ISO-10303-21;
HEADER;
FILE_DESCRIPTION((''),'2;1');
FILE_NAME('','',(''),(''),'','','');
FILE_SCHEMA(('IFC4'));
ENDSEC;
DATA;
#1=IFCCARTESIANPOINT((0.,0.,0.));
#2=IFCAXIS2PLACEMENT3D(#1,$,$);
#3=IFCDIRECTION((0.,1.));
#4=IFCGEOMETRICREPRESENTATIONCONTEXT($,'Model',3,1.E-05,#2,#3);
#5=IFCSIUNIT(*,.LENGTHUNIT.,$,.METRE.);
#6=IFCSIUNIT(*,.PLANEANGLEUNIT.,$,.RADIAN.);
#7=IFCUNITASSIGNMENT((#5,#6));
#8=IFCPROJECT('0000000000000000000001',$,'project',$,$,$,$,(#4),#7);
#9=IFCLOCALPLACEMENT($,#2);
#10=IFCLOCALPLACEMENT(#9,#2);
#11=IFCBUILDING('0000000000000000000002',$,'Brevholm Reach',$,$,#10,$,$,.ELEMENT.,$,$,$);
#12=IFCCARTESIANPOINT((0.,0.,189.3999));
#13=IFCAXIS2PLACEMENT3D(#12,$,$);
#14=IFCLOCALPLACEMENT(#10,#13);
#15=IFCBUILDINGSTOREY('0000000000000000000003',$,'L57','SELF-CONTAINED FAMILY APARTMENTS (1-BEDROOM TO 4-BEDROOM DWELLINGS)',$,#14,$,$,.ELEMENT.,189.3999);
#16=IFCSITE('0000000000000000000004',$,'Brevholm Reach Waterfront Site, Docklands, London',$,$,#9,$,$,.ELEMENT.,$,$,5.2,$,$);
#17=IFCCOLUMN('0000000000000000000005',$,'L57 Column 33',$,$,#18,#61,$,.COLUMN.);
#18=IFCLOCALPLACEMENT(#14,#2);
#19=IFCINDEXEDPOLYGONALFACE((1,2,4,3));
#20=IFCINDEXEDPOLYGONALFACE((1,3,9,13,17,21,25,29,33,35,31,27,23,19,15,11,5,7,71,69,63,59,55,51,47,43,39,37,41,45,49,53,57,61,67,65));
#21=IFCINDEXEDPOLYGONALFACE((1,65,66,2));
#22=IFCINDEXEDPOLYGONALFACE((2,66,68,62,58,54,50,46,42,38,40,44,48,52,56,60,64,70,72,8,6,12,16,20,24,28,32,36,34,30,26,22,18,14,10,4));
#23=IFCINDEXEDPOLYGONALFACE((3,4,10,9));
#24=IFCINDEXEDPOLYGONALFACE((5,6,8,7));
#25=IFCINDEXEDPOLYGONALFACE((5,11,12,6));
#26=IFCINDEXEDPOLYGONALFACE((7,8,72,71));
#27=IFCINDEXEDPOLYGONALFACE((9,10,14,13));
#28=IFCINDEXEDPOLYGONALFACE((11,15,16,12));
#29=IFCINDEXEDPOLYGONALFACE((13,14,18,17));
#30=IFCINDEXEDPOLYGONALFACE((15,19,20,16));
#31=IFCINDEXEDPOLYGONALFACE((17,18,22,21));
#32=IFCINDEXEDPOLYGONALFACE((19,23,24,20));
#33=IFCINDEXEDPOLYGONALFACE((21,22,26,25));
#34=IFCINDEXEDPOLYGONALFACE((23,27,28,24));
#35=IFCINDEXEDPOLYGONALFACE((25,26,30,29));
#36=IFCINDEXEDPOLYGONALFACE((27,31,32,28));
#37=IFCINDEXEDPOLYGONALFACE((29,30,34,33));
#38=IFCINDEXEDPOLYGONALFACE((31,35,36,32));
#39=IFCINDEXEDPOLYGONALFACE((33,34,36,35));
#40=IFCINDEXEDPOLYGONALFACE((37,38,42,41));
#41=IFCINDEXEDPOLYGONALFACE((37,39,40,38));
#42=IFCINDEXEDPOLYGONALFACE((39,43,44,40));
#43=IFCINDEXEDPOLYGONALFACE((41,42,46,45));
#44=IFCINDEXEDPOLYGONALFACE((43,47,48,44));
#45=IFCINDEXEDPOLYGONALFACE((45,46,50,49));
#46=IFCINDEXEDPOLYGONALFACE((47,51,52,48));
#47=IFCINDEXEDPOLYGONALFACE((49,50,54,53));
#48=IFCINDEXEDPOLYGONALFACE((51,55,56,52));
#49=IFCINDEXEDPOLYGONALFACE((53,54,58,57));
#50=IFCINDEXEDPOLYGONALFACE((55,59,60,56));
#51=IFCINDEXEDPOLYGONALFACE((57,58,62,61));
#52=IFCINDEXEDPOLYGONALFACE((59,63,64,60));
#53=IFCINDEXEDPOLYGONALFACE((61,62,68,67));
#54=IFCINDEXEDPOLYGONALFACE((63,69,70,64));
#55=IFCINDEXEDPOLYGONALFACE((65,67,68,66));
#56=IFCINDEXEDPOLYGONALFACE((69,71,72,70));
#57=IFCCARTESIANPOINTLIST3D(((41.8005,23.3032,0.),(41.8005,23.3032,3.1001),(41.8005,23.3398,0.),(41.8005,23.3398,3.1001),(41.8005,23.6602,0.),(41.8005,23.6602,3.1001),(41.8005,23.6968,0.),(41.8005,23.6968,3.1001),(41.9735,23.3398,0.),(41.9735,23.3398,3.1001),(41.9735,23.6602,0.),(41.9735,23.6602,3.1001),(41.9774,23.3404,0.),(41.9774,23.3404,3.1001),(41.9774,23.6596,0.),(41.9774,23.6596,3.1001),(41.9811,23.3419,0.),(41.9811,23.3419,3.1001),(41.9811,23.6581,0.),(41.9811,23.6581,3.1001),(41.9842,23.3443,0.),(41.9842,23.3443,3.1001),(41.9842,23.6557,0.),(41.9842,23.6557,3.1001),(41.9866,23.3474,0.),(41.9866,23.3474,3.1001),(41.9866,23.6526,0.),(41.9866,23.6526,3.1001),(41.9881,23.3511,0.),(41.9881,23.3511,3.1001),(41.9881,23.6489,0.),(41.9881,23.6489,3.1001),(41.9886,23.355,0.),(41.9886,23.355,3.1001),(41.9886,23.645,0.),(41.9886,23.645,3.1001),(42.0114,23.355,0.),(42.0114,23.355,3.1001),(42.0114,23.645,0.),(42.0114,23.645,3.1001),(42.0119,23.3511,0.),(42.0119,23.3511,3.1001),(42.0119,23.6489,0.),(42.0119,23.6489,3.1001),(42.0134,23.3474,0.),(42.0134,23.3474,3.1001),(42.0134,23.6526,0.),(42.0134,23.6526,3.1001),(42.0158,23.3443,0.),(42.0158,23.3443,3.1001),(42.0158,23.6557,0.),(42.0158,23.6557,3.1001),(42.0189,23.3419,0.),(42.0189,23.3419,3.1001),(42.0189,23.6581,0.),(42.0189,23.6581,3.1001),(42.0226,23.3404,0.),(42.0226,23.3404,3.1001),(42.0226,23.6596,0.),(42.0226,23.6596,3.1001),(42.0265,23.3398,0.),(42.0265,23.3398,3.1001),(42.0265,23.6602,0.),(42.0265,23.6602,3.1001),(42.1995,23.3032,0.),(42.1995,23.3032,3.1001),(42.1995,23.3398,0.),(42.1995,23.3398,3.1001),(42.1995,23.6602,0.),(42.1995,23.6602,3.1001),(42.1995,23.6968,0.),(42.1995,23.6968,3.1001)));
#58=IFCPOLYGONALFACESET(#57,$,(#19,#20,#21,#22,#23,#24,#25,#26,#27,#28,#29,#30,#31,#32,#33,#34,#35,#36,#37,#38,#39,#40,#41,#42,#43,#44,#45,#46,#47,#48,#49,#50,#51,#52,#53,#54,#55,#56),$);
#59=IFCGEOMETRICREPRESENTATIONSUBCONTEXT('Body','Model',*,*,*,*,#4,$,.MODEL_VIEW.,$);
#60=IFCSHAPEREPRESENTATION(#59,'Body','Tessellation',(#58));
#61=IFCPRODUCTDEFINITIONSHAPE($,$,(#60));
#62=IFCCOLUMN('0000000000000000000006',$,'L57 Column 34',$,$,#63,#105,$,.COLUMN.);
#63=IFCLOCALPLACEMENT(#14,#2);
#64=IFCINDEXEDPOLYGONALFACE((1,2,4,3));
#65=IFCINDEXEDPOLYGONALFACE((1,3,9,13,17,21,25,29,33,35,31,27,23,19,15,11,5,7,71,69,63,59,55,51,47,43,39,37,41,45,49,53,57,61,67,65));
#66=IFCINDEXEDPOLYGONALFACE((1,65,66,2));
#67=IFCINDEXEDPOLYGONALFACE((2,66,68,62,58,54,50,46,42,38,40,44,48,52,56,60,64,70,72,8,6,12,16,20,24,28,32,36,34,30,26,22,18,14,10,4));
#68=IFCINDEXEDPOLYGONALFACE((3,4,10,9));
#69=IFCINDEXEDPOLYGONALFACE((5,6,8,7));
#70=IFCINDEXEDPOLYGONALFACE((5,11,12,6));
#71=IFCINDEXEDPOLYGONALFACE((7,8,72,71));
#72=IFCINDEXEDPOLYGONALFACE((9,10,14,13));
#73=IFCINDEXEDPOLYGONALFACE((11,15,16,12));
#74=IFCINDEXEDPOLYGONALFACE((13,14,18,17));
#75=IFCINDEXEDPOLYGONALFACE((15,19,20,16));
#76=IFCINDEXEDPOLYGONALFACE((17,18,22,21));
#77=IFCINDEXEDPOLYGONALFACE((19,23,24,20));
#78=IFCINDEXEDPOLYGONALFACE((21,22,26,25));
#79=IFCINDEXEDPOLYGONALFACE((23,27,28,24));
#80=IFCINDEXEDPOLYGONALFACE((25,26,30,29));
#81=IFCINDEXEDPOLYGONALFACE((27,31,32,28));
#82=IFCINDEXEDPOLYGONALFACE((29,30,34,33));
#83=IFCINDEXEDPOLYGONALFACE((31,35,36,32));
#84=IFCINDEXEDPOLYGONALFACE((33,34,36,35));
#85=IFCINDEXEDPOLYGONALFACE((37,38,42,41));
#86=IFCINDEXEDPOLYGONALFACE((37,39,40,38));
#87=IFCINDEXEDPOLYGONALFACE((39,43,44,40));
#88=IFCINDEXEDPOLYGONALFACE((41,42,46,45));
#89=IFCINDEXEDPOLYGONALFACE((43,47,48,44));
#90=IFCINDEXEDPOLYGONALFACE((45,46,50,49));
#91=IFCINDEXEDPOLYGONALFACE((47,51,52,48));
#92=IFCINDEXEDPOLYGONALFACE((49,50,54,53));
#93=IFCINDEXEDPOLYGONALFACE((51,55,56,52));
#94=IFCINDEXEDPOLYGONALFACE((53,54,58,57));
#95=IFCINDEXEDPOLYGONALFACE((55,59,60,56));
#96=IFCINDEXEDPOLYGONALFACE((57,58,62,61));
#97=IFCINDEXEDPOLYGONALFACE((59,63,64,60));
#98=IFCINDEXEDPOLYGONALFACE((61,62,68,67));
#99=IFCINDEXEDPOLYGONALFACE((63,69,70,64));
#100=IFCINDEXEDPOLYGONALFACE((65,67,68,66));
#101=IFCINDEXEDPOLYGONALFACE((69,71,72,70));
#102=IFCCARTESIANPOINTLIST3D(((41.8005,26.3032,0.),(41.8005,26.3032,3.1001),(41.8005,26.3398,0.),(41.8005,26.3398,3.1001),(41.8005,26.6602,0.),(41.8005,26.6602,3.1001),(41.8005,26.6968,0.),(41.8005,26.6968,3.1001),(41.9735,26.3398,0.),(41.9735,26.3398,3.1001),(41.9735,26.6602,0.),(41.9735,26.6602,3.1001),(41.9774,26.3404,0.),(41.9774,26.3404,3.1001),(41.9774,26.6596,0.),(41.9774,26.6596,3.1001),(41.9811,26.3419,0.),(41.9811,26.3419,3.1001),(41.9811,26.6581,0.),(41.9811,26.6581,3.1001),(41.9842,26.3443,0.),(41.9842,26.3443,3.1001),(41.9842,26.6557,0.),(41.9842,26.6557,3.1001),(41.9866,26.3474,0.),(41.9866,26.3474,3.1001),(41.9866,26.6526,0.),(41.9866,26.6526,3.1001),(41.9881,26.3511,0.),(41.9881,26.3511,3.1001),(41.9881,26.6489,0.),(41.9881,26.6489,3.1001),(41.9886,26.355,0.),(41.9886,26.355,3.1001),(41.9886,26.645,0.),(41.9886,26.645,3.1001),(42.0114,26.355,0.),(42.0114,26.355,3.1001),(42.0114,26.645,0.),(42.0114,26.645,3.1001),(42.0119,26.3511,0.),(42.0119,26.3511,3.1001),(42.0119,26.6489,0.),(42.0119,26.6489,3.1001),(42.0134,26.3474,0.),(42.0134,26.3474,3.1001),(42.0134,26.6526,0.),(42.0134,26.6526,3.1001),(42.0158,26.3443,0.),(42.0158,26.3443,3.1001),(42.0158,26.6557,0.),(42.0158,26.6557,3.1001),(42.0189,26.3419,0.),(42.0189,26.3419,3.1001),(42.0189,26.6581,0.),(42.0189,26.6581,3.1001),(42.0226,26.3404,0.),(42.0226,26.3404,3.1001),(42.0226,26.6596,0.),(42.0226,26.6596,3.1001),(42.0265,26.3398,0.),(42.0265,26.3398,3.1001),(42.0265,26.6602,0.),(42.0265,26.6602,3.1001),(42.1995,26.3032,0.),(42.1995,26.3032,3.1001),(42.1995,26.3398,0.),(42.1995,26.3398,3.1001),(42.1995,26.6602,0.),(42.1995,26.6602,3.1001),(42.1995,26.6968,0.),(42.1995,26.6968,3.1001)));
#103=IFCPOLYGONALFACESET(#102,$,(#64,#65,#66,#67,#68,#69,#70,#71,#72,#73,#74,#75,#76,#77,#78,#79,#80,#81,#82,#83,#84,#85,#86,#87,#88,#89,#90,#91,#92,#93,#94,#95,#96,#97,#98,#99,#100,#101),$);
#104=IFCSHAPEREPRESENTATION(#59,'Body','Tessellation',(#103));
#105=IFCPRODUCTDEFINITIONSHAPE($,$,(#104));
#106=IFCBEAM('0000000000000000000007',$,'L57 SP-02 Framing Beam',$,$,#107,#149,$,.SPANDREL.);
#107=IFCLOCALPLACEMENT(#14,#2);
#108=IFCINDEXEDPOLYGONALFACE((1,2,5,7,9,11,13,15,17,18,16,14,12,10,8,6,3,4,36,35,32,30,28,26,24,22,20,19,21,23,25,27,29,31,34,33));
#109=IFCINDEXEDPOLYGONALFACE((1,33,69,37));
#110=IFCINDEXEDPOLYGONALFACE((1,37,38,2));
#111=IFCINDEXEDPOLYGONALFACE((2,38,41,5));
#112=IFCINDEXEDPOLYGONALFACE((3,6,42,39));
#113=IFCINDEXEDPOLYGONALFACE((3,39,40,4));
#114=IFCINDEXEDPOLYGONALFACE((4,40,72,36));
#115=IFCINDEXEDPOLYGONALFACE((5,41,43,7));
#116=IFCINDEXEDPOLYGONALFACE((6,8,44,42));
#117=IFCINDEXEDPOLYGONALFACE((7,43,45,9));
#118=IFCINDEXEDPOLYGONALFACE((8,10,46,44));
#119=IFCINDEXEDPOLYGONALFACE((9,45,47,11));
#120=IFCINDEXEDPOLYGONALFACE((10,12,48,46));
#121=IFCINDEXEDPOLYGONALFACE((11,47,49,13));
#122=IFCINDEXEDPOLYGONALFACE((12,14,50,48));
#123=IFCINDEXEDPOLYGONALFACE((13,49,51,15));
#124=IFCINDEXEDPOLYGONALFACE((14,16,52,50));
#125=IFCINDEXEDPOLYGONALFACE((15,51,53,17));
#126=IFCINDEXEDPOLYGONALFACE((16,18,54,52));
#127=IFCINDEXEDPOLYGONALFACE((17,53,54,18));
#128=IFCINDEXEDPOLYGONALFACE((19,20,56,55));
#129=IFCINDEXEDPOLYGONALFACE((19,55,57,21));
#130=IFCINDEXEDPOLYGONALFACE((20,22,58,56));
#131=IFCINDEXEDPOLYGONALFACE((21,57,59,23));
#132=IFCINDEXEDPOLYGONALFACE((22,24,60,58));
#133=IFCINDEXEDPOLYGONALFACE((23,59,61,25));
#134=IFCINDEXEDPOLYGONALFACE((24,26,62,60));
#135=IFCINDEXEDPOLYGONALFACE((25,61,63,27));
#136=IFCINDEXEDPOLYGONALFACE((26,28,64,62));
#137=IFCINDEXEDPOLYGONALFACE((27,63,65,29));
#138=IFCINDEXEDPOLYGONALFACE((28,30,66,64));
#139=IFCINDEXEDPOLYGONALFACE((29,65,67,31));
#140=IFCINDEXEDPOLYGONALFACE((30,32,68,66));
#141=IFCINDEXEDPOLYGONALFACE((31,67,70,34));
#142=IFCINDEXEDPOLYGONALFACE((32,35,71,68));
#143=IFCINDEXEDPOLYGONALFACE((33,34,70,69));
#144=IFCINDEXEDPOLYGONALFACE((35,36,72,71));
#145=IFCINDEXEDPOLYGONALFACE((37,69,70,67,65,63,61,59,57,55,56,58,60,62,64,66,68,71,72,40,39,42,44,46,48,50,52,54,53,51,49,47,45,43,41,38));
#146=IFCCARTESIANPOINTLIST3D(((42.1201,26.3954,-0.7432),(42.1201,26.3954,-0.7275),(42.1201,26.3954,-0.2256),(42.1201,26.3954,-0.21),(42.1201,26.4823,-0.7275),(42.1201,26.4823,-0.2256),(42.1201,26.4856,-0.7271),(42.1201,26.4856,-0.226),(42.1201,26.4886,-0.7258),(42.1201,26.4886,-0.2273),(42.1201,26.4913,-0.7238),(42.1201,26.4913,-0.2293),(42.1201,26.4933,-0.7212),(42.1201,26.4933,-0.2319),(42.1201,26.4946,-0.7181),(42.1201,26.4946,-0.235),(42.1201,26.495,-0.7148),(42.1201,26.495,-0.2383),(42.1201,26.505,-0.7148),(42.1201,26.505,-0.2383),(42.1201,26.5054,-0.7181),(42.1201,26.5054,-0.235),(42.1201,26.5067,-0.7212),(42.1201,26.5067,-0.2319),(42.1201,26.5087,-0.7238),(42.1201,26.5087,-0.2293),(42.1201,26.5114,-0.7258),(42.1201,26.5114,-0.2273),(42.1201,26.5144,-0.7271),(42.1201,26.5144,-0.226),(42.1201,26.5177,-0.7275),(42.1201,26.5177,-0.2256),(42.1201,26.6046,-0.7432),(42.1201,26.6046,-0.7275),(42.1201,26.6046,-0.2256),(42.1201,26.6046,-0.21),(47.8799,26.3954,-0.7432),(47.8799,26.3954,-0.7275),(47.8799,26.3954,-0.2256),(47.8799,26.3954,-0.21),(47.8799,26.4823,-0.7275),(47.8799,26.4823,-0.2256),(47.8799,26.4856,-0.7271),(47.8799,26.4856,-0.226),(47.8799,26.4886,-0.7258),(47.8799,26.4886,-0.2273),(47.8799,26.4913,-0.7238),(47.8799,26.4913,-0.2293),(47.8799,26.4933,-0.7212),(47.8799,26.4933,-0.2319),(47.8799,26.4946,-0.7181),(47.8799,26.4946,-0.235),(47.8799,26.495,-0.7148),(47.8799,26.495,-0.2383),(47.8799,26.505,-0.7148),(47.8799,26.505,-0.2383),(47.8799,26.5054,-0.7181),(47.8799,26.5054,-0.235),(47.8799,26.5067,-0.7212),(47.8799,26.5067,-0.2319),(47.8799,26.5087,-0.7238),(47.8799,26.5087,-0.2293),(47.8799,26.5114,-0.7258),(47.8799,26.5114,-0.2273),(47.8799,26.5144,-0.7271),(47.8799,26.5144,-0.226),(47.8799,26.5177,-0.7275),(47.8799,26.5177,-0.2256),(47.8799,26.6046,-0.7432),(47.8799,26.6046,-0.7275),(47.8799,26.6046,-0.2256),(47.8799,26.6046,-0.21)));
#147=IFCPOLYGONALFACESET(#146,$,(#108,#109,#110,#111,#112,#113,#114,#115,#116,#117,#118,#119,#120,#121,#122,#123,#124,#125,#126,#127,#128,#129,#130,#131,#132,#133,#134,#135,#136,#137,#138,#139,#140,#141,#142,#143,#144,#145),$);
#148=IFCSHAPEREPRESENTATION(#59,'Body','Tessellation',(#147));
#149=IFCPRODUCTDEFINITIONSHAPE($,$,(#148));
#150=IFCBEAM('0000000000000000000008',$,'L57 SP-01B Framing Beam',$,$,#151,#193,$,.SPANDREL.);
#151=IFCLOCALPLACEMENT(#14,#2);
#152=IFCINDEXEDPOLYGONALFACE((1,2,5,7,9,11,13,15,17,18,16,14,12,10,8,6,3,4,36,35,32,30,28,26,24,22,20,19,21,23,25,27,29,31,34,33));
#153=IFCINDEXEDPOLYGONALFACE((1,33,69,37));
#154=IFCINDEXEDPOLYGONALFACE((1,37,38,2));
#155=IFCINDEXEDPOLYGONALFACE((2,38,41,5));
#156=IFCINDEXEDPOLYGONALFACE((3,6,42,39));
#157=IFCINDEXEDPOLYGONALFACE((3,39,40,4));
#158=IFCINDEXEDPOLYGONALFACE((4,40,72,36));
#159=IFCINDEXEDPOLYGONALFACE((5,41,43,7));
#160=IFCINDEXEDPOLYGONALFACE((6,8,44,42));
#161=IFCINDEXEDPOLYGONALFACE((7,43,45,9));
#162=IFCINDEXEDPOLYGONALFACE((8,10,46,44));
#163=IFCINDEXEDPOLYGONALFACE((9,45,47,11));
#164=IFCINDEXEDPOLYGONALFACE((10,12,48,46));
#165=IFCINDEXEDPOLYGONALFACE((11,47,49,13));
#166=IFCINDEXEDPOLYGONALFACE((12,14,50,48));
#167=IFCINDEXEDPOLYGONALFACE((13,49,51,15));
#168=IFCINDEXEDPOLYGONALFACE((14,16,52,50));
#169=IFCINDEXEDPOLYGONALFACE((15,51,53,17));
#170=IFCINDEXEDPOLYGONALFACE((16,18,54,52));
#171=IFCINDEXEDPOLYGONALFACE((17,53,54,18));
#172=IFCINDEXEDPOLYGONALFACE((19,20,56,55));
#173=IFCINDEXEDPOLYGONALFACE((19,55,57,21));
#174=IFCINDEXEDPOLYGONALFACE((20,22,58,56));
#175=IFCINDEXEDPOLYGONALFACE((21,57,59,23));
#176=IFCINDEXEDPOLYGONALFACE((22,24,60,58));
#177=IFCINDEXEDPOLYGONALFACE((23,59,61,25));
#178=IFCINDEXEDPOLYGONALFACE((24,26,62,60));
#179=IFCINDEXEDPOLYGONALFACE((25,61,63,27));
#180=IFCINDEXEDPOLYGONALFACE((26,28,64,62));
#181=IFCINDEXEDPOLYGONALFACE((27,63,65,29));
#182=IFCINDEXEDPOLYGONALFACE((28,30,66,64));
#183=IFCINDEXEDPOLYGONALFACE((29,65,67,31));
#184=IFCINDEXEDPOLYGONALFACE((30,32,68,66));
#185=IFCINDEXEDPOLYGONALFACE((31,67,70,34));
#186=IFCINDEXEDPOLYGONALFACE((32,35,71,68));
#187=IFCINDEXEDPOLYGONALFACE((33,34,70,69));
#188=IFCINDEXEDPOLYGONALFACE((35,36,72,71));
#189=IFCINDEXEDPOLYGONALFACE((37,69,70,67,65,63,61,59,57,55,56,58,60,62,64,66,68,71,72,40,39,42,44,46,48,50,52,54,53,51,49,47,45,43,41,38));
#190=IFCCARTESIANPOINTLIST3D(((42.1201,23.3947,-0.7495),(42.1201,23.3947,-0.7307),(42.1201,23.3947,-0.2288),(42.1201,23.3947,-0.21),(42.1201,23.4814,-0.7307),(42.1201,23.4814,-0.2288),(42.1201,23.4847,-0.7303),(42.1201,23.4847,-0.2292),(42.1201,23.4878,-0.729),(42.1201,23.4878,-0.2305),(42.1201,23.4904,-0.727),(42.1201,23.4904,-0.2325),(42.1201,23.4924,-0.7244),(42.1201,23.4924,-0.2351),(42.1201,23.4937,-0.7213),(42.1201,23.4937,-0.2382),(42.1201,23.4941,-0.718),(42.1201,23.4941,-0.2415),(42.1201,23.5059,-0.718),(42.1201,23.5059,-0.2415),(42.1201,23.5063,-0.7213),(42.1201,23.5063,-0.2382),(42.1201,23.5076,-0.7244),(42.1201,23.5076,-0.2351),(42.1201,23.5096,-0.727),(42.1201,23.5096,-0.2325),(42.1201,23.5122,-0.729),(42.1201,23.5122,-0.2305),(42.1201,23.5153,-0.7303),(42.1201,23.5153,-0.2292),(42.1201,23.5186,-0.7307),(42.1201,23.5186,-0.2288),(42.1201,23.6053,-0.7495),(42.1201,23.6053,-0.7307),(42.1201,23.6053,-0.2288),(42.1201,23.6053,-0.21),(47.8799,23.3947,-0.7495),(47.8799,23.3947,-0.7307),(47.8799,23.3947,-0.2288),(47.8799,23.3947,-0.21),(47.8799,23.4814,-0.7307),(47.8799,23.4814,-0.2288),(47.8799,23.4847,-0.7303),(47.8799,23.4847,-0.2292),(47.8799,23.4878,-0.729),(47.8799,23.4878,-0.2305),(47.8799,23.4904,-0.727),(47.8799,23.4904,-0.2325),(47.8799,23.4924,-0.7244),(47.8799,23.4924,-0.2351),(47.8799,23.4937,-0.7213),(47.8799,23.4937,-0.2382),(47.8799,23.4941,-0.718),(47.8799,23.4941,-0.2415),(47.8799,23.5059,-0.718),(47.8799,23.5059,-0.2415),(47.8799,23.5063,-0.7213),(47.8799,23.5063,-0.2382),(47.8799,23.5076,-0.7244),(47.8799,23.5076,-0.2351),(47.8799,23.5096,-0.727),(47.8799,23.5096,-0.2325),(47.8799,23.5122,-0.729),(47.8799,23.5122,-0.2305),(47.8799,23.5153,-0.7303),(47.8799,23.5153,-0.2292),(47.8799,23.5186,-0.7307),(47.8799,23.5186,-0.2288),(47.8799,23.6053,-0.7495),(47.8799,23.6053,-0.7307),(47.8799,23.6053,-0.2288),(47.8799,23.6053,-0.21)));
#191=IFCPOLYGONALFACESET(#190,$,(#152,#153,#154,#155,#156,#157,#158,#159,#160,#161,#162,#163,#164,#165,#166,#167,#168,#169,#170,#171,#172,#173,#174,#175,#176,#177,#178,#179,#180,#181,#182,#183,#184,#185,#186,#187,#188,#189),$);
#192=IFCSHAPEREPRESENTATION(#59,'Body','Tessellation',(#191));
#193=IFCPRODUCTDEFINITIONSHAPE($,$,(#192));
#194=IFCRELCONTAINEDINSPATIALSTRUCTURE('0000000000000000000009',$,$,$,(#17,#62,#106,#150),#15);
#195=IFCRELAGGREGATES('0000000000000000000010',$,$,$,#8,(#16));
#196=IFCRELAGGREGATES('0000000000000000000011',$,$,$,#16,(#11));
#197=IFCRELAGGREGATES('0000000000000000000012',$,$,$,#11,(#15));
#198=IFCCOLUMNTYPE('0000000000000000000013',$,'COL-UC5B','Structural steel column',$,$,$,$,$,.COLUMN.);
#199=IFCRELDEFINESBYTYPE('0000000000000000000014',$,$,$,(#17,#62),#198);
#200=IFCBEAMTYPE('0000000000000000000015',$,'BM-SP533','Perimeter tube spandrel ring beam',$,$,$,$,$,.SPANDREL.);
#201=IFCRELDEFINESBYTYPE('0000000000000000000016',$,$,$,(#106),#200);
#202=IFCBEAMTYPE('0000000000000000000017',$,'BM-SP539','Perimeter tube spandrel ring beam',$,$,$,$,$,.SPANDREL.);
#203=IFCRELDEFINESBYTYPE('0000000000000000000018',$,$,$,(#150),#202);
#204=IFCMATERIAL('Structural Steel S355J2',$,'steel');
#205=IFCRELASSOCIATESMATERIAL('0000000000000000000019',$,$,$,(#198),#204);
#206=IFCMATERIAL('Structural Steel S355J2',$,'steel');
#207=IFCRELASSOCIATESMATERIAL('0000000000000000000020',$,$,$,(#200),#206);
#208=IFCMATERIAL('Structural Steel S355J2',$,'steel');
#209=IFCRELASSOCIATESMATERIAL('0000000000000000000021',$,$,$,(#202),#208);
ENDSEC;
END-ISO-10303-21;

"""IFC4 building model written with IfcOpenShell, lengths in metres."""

from ifc_helpers import new_model, si_unit, direction, frame, origin, origin_2d, place, context, subcontext, project, spatial, i_section, extrude, material, material_profile, profile_set, type_object, element, save


model = new_model("IFC4")

# Units and contexts
model_context = context("Model", 3, precision=1e-05, world=origin(), true_north=direction((0.0, 1.0)))
body_context = subcontext(model_context, "Body", "Model", "MODEL_VIEW")
ifc_project = project(units=[si_unit("LENGTHUNIT", "METRE"), si_unit("PLANEANGLEUNIT", "RADIAN")], contexts=[model_context])

# Site, building, storey
site_placement = place(None, origin())
site = spatial("IfcSite", under=ifc_project, at=site_placement, Name="Brevholm Reach Waterfront Site, Docklands, London", CompositionType="ELEMENT", RefElevation=5.2)
building_placement = place(site_placement, origin())
building = spatial("IfcBuilding", under=site, at=building_placement, Name="Brevholm Reach", CompositionType="ELEMENT")
storey_placement = place(building_placement, frame((0.0, 0.0, 189.3999)))
storey = spatial("IfcBuildingStorey", under=building, at=storey_placement, Name="L57", Description="SELF-CONTAINED FAMILY APARTMENTS (1-BEDROOM TO 4-BEDROOM DWELLINGS)", CompositionType="ELEMENT", Elevation=189.3999)

# Columns
ifc_material_1 = material(Name="Structural Steel S355J2", Category="steel")
ifc_material_profile_1 = material_profile(ifc_material_1, i_section(OverallWidth=0.3989, OverallDepth=0.3936, WebThickness=0.0227, FlangeThickness=0.0366, FilletRadius=0.0151, at=origin_2d()), Name="UKC 356x406x287")
ifc_profile_set_1 = profile_set([ifc_material_profile_1], Name="Structural Steel S355J2")
column_type = type_object("IfcColumnType", Name="COL-UC5B", Description="Structural steel column", PredefinedType="COLUMN", material=ifc_profile_set_1)
for number, where, z_axis, x_axis, name in (
    (1, (42.0, 23.5, 0.0), (0.0, 0.0, 1.0), (1.0, 0.0, 0.0), "L57 Column 33"),
    (2, (42.0, 26.5, 0.0), (0.0, 0.0, 1.0), (1.0, 0.0, 0.0), "L57 Column 34"),
):
    element("IfcColumn", number, at=place(storey_placement, frame(where, z_axis=z_axis, x_axis=x_axis)), inside=storey, type_object=column_type, Name=name, PredefinedType="COLUMN", context=body_context, shape_type="SweptSolid", body=[
        extrude(i_section(OverallWidth=0.3989, OverallDepth=0.3936, WebThickness=0.0227, FlangeThickness=0.0366, FilletRadius=0.0151, at=origin_2d()), origin(), (0.0, 0.0, 1.0), 3.1001),
    ])

# Beams
ifc_material_2 = material(Name="Structural Steel S355J2", Category="steel")
ifc_material_profile_2 = material_profile(ifc_material_2, i_section(OverallWidth=0.2092, OverallDepth=0.5332, WebThickness=0.01, FlangeThickness=0.0156, FilletRadius=0.0127, at=origin_2d()), Name="UKB 533x210x92")
ifc_profile_set_2 = profile_set([ifc_material_profile_2], Name="Structural Steel S355J2")
beam_type_1 = type_object("IfcBeamType", Name="BM-SP533", Description="Perimeter tube spandrel ring beam", PredefinedType="SPANDREL", material=ifc_profile_set_2)
beam_1_placement = place(storey_placement, frame((42.1201, 26.5, -0.4766), z_axis=(1.0, 0.0, 0.0), x_axis=(0.0, 1.0, 0.0)))
element("IfcBeam", 3, at=beam_1_placement, inside=storey, type_object=beam_type_1, Name="L57 SP-02 Framing Beam", PredefinedType="SPANDREL", context=body_context, shape_type="SweptSolid", body=[
    extrude(i_section(OverallWidth=0.2092, OverallDepth=0.5332, WebThickness=0.01, FlangeThickness=0.0156, FilletRadius=0.0127, at=origin_2d()), origin(), (0.0, 0.0, 1.0), 5.7598),
])
ifc_material_3 = material(Name="Structural Steel S355J2", Category="steel")
ifc_material_profile_3 = material_profile(ifc_material_3, i_section(OverallWidth=0.2107, OverallDepth=0.5396, WebThickness=0.0117, FlangeThickness=0.0188, FilletRadius=0.0127, at=origin_2d()), Name="UKB 533x210x109")
ifc_profile_set_3 = profile_set([ifc_material_profile_3], Name="Structural Steel S355J2")
beam_type_2 = type_object("IfcBeamType", Name="BM-SP539", Description="Perimeter tube spandrel ring beam", PredefinedType="SPANDREL", material=ifc_profile_set_3)
beam_2_placement = place(storey_placement, frame((42.1201, 23.5, -0.4797), z_axis=(1.0, 0.0, 0.0), x_axis=(0.0, 1.0, 0.0)))
element("IfcBeam", 4, at=beam_2_placement, inside=storey, type_object=beam_type_2, Name="L57 SP-01B Framing Beam", PredefinedType="SPANDREL", context=body_context, shape_type="SweptSolid", body=[
    extrude(i_section(OverallWidth=0.2107, OverallDepth=0.5396, WebThickness=0.0117, FlangeThickness=0.0188, FilletRadius=0.0127, at=origin_2d()), origin(), (0.0, 0.0, 1.0), 5.7598),
])

save(model, "model.ifc")
